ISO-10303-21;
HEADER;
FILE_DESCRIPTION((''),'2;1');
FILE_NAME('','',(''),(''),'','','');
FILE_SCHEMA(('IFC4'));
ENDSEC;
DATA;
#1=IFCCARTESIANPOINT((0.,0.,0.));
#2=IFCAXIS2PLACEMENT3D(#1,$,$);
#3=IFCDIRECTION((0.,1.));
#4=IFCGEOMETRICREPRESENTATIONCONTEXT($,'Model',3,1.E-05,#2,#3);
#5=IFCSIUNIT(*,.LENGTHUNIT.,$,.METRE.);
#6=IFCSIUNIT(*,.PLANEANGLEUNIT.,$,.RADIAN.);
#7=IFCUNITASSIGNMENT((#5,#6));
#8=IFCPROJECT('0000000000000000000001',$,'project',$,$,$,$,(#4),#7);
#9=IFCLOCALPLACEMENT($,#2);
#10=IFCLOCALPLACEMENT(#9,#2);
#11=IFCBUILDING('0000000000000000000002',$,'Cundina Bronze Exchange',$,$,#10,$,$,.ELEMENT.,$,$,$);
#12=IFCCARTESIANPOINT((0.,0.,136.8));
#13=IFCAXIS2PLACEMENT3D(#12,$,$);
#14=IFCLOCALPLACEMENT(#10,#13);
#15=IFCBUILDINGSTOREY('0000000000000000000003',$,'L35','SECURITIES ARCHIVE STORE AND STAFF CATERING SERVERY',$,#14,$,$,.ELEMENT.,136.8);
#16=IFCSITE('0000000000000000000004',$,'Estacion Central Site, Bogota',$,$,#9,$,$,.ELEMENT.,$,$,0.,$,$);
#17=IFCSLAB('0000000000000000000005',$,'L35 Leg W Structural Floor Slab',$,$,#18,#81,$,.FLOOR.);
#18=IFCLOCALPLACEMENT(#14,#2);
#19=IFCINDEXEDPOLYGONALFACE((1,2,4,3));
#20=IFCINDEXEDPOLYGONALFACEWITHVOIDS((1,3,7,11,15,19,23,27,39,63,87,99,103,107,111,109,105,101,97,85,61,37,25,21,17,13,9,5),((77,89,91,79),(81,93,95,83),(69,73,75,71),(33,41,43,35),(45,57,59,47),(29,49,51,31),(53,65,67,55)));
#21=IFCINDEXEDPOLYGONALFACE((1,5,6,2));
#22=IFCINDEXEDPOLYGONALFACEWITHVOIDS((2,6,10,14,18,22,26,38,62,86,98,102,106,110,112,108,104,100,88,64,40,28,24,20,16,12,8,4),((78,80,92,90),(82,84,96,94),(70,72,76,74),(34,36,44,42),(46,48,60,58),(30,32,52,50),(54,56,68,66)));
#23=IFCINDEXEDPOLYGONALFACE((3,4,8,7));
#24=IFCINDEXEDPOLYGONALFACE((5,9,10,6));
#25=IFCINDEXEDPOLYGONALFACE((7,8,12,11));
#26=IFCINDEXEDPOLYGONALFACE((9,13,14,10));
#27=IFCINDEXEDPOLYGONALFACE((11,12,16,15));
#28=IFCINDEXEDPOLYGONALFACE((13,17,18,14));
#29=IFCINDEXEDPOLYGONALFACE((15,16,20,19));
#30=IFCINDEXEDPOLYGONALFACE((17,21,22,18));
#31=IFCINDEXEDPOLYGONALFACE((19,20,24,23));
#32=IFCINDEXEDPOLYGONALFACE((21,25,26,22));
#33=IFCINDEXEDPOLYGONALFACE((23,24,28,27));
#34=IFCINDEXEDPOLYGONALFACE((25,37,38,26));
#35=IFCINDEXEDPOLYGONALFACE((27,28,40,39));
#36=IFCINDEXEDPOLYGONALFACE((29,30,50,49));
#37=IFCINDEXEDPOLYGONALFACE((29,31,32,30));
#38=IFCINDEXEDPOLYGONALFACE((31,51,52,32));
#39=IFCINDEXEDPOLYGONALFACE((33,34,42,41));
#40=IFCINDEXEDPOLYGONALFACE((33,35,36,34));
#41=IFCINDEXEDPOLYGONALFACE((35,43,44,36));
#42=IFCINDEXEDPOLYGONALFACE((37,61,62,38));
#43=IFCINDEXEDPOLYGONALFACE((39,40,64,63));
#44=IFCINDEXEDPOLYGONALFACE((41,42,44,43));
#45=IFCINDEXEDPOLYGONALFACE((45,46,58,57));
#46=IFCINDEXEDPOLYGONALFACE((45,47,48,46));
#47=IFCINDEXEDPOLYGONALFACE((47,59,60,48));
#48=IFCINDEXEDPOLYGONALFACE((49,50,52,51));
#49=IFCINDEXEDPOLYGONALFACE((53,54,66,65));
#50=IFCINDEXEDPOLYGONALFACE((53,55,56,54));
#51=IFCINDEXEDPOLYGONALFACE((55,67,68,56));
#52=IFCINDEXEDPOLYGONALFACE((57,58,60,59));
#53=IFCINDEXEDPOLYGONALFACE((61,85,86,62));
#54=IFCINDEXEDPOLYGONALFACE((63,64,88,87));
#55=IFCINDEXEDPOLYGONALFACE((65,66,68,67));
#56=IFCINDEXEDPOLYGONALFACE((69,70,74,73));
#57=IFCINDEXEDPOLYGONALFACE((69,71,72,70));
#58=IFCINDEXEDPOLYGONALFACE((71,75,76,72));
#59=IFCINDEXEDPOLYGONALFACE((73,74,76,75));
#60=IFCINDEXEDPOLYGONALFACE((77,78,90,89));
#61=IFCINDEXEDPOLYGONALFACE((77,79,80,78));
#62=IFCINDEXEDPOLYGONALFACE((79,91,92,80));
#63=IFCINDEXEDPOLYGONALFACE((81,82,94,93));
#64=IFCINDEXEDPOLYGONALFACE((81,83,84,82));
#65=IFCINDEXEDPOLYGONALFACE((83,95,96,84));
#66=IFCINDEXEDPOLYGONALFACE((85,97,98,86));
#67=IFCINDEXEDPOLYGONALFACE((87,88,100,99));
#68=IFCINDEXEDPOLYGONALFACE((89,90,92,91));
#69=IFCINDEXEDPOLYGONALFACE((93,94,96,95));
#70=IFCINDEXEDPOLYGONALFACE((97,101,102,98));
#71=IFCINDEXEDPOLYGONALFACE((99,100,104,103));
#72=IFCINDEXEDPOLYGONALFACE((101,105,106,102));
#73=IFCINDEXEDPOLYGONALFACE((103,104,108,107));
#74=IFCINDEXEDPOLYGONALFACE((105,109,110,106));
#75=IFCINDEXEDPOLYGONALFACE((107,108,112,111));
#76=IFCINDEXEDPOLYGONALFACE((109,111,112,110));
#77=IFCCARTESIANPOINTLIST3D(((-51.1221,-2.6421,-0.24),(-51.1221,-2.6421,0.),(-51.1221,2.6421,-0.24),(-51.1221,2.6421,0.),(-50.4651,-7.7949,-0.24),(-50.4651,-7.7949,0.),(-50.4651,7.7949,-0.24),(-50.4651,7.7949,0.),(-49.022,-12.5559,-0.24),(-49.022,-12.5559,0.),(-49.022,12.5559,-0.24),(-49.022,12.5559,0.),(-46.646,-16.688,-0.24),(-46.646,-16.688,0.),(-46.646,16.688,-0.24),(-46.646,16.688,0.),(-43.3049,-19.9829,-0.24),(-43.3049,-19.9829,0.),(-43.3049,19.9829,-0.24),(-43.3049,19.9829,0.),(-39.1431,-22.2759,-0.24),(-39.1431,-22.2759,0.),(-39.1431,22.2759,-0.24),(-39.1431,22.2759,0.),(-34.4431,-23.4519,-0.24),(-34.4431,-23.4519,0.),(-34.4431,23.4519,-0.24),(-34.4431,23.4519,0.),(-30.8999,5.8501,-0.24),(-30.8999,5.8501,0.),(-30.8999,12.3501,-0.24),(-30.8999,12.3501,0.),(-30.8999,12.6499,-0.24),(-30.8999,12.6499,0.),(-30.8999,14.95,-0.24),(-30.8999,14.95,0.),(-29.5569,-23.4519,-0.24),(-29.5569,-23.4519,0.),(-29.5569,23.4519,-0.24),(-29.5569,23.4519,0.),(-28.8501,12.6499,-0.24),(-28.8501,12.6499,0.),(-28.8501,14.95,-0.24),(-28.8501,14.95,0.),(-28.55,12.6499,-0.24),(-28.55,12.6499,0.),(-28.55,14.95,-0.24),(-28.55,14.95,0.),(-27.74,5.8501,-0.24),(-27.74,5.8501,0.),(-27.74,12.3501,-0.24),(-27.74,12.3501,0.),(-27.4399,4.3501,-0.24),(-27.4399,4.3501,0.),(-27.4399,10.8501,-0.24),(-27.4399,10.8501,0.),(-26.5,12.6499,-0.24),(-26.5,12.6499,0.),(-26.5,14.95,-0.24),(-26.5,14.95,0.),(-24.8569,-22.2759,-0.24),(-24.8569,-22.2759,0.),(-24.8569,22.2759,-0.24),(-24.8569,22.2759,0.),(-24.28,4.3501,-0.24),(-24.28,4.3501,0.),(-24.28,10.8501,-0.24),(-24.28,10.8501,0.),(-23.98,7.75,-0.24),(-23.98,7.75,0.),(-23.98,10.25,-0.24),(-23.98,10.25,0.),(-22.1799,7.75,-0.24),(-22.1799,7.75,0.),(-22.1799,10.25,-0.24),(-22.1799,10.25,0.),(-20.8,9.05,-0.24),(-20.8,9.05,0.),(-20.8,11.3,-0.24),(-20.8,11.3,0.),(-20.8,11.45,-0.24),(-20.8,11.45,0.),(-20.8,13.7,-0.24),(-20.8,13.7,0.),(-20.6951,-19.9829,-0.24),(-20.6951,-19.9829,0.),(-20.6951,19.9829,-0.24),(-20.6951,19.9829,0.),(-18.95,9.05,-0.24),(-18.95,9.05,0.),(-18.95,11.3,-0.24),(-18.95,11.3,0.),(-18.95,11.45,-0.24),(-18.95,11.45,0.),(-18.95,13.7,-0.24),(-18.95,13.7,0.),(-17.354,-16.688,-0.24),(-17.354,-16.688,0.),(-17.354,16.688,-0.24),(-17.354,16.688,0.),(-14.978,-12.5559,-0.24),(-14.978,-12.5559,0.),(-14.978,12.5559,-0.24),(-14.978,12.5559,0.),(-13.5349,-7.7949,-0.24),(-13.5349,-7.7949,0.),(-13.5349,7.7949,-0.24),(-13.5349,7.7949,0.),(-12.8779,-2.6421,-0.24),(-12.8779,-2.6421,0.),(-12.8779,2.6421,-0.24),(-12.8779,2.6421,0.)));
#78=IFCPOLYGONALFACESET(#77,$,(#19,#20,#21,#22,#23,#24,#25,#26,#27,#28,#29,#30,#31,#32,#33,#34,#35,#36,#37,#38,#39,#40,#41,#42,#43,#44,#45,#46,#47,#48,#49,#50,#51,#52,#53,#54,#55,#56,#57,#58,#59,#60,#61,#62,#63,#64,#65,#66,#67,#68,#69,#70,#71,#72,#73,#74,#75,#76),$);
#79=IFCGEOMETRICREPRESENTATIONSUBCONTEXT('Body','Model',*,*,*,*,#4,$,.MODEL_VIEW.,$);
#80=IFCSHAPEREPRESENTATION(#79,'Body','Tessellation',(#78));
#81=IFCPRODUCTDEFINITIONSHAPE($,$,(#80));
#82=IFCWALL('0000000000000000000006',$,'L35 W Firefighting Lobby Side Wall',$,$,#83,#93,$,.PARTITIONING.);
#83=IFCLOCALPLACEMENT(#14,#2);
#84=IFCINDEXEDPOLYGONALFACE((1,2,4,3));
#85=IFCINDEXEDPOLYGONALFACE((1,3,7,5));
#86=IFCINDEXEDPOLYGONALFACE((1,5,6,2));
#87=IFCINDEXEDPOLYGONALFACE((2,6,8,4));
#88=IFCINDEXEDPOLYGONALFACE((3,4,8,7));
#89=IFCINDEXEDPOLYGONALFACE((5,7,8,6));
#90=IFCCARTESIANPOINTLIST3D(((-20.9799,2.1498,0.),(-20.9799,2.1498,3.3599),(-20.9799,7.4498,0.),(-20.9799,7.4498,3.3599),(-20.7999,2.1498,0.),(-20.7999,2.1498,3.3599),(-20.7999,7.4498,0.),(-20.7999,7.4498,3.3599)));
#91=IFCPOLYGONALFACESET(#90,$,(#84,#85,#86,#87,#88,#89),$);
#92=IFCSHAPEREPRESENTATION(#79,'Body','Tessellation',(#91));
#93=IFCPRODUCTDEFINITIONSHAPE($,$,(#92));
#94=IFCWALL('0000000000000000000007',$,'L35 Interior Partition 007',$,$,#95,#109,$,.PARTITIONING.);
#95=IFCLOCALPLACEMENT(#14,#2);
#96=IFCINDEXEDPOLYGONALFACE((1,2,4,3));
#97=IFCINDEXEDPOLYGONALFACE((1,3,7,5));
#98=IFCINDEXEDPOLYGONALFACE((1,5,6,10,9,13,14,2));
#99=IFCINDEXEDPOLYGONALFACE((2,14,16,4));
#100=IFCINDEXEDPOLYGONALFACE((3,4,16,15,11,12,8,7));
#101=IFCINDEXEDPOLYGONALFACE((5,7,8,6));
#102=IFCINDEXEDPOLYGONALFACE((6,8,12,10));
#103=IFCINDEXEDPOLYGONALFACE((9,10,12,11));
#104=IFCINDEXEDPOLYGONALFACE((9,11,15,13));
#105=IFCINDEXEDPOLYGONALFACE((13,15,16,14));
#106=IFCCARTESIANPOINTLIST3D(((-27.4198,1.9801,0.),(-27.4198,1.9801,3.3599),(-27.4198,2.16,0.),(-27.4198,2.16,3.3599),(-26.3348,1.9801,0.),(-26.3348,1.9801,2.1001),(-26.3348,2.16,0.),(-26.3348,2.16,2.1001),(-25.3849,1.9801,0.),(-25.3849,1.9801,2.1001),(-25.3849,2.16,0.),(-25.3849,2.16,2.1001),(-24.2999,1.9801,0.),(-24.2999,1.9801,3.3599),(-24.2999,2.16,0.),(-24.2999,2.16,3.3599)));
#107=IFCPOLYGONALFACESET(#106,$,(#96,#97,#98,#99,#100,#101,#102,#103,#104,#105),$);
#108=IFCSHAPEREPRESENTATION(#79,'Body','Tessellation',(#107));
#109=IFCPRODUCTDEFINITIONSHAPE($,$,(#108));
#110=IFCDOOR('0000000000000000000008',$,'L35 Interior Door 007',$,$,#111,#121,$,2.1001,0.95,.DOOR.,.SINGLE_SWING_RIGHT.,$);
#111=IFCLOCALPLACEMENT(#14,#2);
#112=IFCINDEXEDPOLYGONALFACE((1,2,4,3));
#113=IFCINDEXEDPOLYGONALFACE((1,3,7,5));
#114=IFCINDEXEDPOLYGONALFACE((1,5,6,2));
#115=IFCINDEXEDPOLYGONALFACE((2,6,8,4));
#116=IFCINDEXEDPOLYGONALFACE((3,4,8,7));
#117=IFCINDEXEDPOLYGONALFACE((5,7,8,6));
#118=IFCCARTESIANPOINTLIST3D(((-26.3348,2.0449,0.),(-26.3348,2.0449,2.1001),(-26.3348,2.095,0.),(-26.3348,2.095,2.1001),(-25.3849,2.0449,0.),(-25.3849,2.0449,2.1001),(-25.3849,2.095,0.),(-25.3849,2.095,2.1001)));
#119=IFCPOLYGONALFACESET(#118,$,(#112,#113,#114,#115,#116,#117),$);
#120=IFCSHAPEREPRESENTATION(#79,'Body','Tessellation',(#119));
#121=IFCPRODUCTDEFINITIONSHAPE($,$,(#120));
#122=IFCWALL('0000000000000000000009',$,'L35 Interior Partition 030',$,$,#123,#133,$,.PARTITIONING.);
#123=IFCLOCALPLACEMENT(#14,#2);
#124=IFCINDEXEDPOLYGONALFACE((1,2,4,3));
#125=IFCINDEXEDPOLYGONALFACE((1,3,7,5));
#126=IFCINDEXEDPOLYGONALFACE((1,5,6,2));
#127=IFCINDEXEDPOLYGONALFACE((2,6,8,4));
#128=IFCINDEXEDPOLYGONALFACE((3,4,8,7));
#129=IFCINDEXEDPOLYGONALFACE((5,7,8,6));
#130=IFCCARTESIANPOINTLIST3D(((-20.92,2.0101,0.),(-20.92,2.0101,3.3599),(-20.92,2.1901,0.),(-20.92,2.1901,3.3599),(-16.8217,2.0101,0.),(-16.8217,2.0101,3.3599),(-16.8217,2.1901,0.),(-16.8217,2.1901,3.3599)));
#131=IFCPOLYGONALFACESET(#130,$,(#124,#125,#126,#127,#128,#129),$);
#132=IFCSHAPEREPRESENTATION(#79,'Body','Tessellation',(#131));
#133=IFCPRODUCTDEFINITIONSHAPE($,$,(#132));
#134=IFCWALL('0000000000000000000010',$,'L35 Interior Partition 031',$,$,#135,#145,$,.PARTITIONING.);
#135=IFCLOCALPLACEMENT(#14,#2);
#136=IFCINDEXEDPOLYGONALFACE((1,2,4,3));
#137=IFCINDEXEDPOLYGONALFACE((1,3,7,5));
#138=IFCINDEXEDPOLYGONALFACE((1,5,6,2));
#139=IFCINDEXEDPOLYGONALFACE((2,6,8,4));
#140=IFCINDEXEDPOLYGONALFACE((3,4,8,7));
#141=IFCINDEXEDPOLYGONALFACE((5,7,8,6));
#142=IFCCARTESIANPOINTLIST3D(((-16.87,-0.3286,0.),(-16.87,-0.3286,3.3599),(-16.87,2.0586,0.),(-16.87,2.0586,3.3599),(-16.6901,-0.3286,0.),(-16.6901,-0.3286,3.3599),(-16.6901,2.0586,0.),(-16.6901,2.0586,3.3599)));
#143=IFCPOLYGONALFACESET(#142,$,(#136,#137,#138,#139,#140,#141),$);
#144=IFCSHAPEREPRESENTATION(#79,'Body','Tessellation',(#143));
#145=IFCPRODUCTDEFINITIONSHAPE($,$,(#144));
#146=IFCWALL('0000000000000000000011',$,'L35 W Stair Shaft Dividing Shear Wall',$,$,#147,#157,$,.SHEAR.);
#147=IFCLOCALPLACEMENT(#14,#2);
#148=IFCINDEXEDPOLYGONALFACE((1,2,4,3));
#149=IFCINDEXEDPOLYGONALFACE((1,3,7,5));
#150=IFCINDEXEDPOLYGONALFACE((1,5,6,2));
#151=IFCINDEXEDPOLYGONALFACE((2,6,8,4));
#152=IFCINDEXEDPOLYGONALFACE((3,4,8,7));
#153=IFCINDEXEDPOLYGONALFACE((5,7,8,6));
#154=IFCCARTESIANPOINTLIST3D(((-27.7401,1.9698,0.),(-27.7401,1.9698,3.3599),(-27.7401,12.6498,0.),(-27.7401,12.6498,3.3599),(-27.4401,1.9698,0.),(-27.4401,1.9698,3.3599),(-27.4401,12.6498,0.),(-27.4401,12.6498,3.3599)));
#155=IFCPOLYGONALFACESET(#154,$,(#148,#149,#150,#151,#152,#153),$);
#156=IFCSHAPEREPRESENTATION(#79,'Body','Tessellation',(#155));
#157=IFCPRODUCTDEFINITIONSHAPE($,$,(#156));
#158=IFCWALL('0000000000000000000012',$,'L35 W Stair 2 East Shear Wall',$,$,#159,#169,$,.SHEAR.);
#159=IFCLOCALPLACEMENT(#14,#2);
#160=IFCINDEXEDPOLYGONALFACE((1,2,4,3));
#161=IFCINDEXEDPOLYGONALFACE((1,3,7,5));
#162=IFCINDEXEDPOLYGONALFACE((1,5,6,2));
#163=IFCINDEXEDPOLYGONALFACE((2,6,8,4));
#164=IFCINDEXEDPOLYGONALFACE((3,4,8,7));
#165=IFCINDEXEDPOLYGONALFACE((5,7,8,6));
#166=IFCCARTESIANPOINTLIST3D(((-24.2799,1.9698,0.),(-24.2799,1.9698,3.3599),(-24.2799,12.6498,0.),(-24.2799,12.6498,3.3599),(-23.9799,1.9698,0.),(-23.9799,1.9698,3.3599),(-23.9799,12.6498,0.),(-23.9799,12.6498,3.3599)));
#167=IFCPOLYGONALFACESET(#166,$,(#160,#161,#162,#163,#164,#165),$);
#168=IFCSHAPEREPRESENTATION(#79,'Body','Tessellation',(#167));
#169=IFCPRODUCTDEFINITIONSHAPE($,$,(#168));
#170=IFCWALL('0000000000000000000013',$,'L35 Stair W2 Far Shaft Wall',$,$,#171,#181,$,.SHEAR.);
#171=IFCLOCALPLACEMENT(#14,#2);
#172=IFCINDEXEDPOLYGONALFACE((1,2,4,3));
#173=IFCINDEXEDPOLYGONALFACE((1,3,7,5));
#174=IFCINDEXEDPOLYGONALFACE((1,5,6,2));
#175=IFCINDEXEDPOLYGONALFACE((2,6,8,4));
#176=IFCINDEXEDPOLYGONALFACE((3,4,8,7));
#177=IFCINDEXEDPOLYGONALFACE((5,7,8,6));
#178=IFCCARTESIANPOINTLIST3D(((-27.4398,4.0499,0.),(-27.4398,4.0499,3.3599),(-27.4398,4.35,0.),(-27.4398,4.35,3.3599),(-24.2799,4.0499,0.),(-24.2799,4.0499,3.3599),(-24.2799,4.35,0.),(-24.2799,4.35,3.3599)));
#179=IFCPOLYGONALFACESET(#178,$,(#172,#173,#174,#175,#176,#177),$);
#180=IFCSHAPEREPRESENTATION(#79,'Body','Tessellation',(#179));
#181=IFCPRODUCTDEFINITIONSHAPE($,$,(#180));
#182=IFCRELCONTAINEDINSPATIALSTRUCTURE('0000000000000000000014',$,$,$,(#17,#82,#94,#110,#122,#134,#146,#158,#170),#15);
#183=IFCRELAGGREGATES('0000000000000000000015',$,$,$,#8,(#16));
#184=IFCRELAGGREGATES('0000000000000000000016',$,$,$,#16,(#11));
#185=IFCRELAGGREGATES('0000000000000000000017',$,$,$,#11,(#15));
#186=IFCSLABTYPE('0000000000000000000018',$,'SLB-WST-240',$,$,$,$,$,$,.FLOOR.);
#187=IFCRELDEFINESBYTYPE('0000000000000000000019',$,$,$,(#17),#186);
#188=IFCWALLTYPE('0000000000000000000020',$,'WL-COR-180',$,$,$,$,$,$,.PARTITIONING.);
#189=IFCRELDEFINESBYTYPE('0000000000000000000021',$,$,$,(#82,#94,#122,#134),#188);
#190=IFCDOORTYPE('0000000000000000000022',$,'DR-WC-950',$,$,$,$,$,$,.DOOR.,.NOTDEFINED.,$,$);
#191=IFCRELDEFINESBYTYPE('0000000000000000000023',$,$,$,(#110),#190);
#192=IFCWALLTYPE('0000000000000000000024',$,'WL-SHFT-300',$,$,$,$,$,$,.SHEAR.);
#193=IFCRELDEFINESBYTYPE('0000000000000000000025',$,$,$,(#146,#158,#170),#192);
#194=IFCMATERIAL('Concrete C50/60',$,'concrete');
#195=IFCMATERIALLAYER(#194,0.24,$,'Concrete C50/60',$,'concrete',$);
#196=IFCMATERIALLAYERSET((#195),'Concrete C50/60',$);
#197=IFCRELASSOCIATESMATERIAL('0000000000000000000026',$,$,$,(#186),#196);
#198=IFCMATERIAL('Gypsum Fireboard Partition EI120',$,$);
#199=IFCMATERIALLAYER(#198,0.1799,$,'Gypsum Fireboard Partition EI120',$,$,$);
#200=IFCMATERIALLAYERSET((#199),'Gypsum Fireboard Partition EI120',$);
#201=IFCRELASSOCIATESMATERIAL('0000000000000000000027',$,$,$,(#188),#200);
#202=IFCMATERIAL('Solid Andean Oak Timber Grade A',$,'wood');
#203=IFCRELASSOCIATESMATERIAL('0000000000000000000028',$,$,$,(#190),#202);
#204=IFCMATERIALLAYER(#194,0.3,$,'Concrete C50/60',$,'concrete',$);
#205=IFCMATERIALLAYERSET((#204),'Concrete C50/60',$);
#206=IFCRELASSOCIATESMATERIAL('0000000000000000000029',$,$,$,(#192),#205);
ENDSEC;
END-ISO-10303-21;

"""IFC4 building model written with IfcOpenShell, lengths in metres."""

from ifc_helpers import new_model, si_unit, direction, frame, frame_2d, origin, place, context, subcontext, project, spatial, polyline, rectangle, outline, extrude, material, layer, layer_set, type_object, element, fill, save


model = new_model("IFC4")

# Units and contexts
model_context = context("Model", 3, precision=1e-05, world=origin(), true_north=direction((0.0, 1.0)))
body_context = subcontext(model_context, "Body", "Model", "MODEL_VIEW")
ifc_project = project(units=[si_unit("LENGTHUNIT", "METRE"), si_unit("PLANEANGLEUNIT", "RADIAN")], contexts=[model_context])

# Site, building, storey
site_placement = place(None, origin())
site = spatial("IfcSite", under=ifc_project, at=site_placement, Name="Estacion Central Site, Bogota", CompositionType="ELEMENT", RefElevation=0.0)
building_placement = place(site_placement, origin())
building = spatial("IfcBuilding", under=site, at=building_placement, Name="Cundina Bronze Exchange", CompositionType="ELEMENT")
storey_placement = place(building_placement, frame((0.0, 0.0, 136.8)))
storey = spatial("IfcBuildingStorey", under=building, at=storey_placement, Name="L35", Description="SECURITIES ARCHIVE STORE AND STAFF CATERING SERVERY", CompositionType="ELEMENT", Elevation=136.8)

# Shared definitions
ifc_material_1 = material(Name="Concrete C50/60", Category="concrete")

# Slab
ifc_layer_1 = layer(ifc_material_1, 0.24, Name="Concrete C50/60", Category="concrete")
ifc_layer_set_1 = layer_set([ifc_layer_1], Name="Concrete C50/60")
slab_type = type_object("IfcSlabType", Name="SLB-WST-240", PredefinedType="FLOOR", material=ifc_layer_set_1)
slab_placement = place(storey_placement, frame((0.0, 0.0, -0.24)))
element("IfcSlab", 1, at=slab_placement, inside=storey, type_object=slab_type, Name="L35 Leg W Structural Floor Slab", PredefinedType="FLOOR", context=body_context, shape_type="SweptSolid", body=[
    extrude(outline(polyline([(-12.8779, 2.6421), (-13.5349, 7.7949), (-14.978, 12.5559), (-17.354, 16.688), (-20.6951, 19.9829), (-24.8569, 22.2759), (-29.5569, 23.4519), (-34.4431, 23.4519), (-39.1431, 22.2759), (-43.3049, 19.9829), (-46.646, 16.688), (-49.022, 12.5559), (-50.4651, 7.7949), (-51.1221, 2.6421), (-51.1221, -2.6421), (-50.4651, -7.7949), (-49.022, -12.5559), (-46.646, -16.688), (-43.3049, -19.9829), (-39.1431, -22.2759), (-34.4431, -23.4519), (-29.5569, -23.4519), (-24.8569, -22.2759), (-20.6951, -19.9829), (-17.354, -16.688), (-14.978, -12.5559), (-13.5349, -7.7949), (-12.8779, -2.6421), (-12.8779, 2.6421)]), holes=[polyline([(-27.74, 5.8501), (-27.74, 12.3501), (-30.8999, 12.3501), (-30.8999, 5.8501), (-27.74, 5.8501)]), polyline([(-27.4399, 10.8501), (-27.4399, 4.3501), (-24.28, 4.3501), (-24.28, 10.8501), (-27.4399, 10.8501)]), polyline([(-23.98, 10.25), (-22.1799, 10.25), (-22.1799, 7.75), (-23.98, 7.75), (-23.98, 10.25)]), polyline([(-30.8999, 14.95), (-28.8501, 14.95), (-28.8501, 12.6499), (-30.8999, 12.6499), (-30.8999, 14.95)]), polyline([(-28.55, 14.95), (-26.5, 14.95), (-26.5, 12.6499), (-28.55, 12.6499), (-28.55, 14.95)]), polyline([(-20.8, 13.7), (-18.95, 13.7), (-18.95, 11.45), (-20.8, 11.45), (-20.8, 13.7)]), polyline([(-20.8, 11.3), (-18.95, 11.3), (-18.95, 9.05), (-20.8, 9.05), (-20.8, 11.3)])]), origin(), (0.0, 0.0, 1.0), 0.24),
])

# Wall
ifc_material_2 = material(Name="Gypsum Fireboard Partition EI120")
ifc_layer_2 = layer(ifc_material_2, 0.1799, Name="Gypsum Fireboard Partition EI120")
ifc_layer_set_2 = layer_set([ifc_layer_2], Name="Gypsum Fireboard Partition EI120")
wall_type_1 = type_object("IfcWallType", Name="WL-COR-180", PredefinedType="PARTITIONING", material=ifc_layer_set_2)
wall_1_placement = place(storey_placement, frame((-20.8899, 2.1499, 0.0), z_axis=(0.0, 0.0, 1.0), x_axis=(0.0, 1.0, 0.0)))
element("IfcWall", 2, at=wall_1_placement, inside=storey, type_object=wall_type_1, Name="L35 W Firefighting Lobby Side Wall", PredefinedType="PARTITIONING", context=body_context, shape_type="SweptSolid", body=[
    extrude(rectangle(XDim=5.3, YDim=0.1799, at=frame_2d((2.6499, 0.0))), origin(), (0.0, 0.0, 1.0), 3.3599),
])

# Wall, opening, door
wall_2_placement = place(storey_placement, frame((-27.4199, 2.0701, 0.0), z_axis=(0.0, 0.0, 1.0), x_axis=(1.0, 0.0, 0.0)))
wall_2 = element("IfcWall", 3, at=wall_2_placement, inside=storey, type_object=wall_type_1, Name="L35 Interior Partition 007", PredefinedType="PARTITIONING", context=body_context, shape_type="SweptSolid", body=[
    extrude(rectangle(XDim=3.1199, YDim=0.1799, at=frame_2d((1.5601, 0.0))), origin(), (0.0, 0.0, 1.0), 3.3599),
])
opening_1_placement = place(wall_2_placement, frame((1.085, 0.0, 0.0)))
opening_1 = element("IfcOpeningElement", 4, at=opening_1_placement, cuts=wall_2, PredefinedType="OPENING", context=body_context, shape_type="SweptSolid", body=[
    extrude(rectangle(XDim=0.95, YDim=2.1001, at=frame_2d((0.4751, 1.05))), frame((0.0, 0.0999, 0.0), z_axis=(0.0, -1.0, 0.0), x_axis=(1.0, 0.0, 0.0)), (0.0, 0.0, 1.0), 0.2),
])
ifc_material_3 = material(Name="Solid Andean Oak Timber Grade A", Category="wood")
door_type_1 = type_object("IfcDoorType", Name="DR-WC-950", OperationType="NOTDEFINED", PredefinedType="DOOR", material=ifc_material_3)
door_1_placement = place(opening_1_placement, origin())
door_1 = element("IfcDoor", 5, at=door_1_placement, inside=storey, type_object=door_type_1, Name="L35 Interior Door 007", OperationType="SINGLE_SWING_RIGHT", OverallHeight=2.1001, OverallWidth=0.95, PredefinedType="DOOR", context=body_context, shape_type="SweptSolid", body=[
    extrude(rectangle(XDim=0.95, YDim=2.1001, at=frame_2d((0.4751, 1.05))), frame((0.0, 0.0249, 0.0), z_axis=(0.0, -1.0, 0.0), x_axis=(1.0, 0.0, 0.0)), (0.0, 0.0, 1.0), 0.05),
])
fill(opening_1, door_1)

# Walls
wall_3_placement = place(storey_placement, frame((-16.8215, 2.1001, 0.0), z_axis=(0.0, 0.0, 1.0), x_axis=(-1.0, 0.0, 0.0)))
element("IfcWall", 6, at=wall_3_placement, inside=storey, type_object=wall_type_1, Name="L35 Interior Partition 030", PredefinedType="PARTITIONING", context=body_context, shape_type="SweptSolid", body=[
    extrude(rectangle(XDim=4.0984, YDim=0.1799, at=frame_2d((2.0493, 0.0))), origin(), (0.0, 0.0, 1.0), 3.3599),
])
wall_4_placement = place(storey_placement, frame((-16.78, -0.3286, 0.0), z_axis=(0.0, 0.0, 1.0), x_axis=(0.0, 1.0, 0.0)))
element("IfcWall", 7, at=wall_4_placement, inside=storey, type_object=wall_type_1, Name="L35 Interior Partition 031", PredefinedType="PARTITIONING", context=body_context, shape_type="SweptSolid", body=[
    extrude(rectangle(XDim=2.3872, YDim=0.1799, at=frame_2d((1.1936, 0.0))), origin(), (0.0, 0.0, 1.0), 3.3599),
])
ifc_layer_3 = layer(ifc_material_1, 0.3, Name="Concrete C50/60", Category="concrete")
ifc_layer_set_3 = layer_set([ifc_layer_3], Name="Concrete C50/60")
wall_type_2 = type_object("IfcWallType", Name="WL-SHFT-300", PredefinedType="SHEAR", material=ifc_layer_set_3)
for number, where, z_axis, x_axis, name in (
    (8, (-27.5901, 1.97, 0.0), (0.0, 0.0, 1.0), (0.0, 1.0, 0.0), "L35 W Stair Shaft Dividing Shear Wall"),
    (9, (-24.1299, 1.97, 0.0), (0.0, 0.0, 1.0), (0.0, 1.0, 0.0), "L35 W Stair 2 East Shear Wall"),
):
    element("IfcWall", number, at=place(storey_placement, frame(where, z_axis=z_axis, x_axis=x_axis)), inside=storey, type_object=wall_type_2, Name=name, PredefinedType="SHEAR", context=body_context, shape_type="SweptSolid", body=[
        extrude(rectangle(XDim=10.6799, YDim=0.3, at=frame_2d((5.3398, 0.0))), origin(), (0.0, 0.0, 1.0), 3.3599),
    ])
wall_5_placement = place(storey_placement, frame((-27.4399, 4.2, 0.0), z_axis=(0.0, 0.0, 1.0), x_axis=(1.0, 0.0, 0.0)))
element("IfcWall", 10, at=wall_5_placement, inside=storey, type_object=wall_type_2, Name="L35 Stair W2 Far Shaft Wall", PredefinedType="SHEAR", context=body_context, shape_type="SweptSolid", body=[
    extrude(rectangle(XDim=3.1599, YDim=0.3, at=frame_2d((1.5801, 0.0))), origin(), (0.0, 0.0, 1.0), 3.3599),
])

save(model, "model.ifc")
